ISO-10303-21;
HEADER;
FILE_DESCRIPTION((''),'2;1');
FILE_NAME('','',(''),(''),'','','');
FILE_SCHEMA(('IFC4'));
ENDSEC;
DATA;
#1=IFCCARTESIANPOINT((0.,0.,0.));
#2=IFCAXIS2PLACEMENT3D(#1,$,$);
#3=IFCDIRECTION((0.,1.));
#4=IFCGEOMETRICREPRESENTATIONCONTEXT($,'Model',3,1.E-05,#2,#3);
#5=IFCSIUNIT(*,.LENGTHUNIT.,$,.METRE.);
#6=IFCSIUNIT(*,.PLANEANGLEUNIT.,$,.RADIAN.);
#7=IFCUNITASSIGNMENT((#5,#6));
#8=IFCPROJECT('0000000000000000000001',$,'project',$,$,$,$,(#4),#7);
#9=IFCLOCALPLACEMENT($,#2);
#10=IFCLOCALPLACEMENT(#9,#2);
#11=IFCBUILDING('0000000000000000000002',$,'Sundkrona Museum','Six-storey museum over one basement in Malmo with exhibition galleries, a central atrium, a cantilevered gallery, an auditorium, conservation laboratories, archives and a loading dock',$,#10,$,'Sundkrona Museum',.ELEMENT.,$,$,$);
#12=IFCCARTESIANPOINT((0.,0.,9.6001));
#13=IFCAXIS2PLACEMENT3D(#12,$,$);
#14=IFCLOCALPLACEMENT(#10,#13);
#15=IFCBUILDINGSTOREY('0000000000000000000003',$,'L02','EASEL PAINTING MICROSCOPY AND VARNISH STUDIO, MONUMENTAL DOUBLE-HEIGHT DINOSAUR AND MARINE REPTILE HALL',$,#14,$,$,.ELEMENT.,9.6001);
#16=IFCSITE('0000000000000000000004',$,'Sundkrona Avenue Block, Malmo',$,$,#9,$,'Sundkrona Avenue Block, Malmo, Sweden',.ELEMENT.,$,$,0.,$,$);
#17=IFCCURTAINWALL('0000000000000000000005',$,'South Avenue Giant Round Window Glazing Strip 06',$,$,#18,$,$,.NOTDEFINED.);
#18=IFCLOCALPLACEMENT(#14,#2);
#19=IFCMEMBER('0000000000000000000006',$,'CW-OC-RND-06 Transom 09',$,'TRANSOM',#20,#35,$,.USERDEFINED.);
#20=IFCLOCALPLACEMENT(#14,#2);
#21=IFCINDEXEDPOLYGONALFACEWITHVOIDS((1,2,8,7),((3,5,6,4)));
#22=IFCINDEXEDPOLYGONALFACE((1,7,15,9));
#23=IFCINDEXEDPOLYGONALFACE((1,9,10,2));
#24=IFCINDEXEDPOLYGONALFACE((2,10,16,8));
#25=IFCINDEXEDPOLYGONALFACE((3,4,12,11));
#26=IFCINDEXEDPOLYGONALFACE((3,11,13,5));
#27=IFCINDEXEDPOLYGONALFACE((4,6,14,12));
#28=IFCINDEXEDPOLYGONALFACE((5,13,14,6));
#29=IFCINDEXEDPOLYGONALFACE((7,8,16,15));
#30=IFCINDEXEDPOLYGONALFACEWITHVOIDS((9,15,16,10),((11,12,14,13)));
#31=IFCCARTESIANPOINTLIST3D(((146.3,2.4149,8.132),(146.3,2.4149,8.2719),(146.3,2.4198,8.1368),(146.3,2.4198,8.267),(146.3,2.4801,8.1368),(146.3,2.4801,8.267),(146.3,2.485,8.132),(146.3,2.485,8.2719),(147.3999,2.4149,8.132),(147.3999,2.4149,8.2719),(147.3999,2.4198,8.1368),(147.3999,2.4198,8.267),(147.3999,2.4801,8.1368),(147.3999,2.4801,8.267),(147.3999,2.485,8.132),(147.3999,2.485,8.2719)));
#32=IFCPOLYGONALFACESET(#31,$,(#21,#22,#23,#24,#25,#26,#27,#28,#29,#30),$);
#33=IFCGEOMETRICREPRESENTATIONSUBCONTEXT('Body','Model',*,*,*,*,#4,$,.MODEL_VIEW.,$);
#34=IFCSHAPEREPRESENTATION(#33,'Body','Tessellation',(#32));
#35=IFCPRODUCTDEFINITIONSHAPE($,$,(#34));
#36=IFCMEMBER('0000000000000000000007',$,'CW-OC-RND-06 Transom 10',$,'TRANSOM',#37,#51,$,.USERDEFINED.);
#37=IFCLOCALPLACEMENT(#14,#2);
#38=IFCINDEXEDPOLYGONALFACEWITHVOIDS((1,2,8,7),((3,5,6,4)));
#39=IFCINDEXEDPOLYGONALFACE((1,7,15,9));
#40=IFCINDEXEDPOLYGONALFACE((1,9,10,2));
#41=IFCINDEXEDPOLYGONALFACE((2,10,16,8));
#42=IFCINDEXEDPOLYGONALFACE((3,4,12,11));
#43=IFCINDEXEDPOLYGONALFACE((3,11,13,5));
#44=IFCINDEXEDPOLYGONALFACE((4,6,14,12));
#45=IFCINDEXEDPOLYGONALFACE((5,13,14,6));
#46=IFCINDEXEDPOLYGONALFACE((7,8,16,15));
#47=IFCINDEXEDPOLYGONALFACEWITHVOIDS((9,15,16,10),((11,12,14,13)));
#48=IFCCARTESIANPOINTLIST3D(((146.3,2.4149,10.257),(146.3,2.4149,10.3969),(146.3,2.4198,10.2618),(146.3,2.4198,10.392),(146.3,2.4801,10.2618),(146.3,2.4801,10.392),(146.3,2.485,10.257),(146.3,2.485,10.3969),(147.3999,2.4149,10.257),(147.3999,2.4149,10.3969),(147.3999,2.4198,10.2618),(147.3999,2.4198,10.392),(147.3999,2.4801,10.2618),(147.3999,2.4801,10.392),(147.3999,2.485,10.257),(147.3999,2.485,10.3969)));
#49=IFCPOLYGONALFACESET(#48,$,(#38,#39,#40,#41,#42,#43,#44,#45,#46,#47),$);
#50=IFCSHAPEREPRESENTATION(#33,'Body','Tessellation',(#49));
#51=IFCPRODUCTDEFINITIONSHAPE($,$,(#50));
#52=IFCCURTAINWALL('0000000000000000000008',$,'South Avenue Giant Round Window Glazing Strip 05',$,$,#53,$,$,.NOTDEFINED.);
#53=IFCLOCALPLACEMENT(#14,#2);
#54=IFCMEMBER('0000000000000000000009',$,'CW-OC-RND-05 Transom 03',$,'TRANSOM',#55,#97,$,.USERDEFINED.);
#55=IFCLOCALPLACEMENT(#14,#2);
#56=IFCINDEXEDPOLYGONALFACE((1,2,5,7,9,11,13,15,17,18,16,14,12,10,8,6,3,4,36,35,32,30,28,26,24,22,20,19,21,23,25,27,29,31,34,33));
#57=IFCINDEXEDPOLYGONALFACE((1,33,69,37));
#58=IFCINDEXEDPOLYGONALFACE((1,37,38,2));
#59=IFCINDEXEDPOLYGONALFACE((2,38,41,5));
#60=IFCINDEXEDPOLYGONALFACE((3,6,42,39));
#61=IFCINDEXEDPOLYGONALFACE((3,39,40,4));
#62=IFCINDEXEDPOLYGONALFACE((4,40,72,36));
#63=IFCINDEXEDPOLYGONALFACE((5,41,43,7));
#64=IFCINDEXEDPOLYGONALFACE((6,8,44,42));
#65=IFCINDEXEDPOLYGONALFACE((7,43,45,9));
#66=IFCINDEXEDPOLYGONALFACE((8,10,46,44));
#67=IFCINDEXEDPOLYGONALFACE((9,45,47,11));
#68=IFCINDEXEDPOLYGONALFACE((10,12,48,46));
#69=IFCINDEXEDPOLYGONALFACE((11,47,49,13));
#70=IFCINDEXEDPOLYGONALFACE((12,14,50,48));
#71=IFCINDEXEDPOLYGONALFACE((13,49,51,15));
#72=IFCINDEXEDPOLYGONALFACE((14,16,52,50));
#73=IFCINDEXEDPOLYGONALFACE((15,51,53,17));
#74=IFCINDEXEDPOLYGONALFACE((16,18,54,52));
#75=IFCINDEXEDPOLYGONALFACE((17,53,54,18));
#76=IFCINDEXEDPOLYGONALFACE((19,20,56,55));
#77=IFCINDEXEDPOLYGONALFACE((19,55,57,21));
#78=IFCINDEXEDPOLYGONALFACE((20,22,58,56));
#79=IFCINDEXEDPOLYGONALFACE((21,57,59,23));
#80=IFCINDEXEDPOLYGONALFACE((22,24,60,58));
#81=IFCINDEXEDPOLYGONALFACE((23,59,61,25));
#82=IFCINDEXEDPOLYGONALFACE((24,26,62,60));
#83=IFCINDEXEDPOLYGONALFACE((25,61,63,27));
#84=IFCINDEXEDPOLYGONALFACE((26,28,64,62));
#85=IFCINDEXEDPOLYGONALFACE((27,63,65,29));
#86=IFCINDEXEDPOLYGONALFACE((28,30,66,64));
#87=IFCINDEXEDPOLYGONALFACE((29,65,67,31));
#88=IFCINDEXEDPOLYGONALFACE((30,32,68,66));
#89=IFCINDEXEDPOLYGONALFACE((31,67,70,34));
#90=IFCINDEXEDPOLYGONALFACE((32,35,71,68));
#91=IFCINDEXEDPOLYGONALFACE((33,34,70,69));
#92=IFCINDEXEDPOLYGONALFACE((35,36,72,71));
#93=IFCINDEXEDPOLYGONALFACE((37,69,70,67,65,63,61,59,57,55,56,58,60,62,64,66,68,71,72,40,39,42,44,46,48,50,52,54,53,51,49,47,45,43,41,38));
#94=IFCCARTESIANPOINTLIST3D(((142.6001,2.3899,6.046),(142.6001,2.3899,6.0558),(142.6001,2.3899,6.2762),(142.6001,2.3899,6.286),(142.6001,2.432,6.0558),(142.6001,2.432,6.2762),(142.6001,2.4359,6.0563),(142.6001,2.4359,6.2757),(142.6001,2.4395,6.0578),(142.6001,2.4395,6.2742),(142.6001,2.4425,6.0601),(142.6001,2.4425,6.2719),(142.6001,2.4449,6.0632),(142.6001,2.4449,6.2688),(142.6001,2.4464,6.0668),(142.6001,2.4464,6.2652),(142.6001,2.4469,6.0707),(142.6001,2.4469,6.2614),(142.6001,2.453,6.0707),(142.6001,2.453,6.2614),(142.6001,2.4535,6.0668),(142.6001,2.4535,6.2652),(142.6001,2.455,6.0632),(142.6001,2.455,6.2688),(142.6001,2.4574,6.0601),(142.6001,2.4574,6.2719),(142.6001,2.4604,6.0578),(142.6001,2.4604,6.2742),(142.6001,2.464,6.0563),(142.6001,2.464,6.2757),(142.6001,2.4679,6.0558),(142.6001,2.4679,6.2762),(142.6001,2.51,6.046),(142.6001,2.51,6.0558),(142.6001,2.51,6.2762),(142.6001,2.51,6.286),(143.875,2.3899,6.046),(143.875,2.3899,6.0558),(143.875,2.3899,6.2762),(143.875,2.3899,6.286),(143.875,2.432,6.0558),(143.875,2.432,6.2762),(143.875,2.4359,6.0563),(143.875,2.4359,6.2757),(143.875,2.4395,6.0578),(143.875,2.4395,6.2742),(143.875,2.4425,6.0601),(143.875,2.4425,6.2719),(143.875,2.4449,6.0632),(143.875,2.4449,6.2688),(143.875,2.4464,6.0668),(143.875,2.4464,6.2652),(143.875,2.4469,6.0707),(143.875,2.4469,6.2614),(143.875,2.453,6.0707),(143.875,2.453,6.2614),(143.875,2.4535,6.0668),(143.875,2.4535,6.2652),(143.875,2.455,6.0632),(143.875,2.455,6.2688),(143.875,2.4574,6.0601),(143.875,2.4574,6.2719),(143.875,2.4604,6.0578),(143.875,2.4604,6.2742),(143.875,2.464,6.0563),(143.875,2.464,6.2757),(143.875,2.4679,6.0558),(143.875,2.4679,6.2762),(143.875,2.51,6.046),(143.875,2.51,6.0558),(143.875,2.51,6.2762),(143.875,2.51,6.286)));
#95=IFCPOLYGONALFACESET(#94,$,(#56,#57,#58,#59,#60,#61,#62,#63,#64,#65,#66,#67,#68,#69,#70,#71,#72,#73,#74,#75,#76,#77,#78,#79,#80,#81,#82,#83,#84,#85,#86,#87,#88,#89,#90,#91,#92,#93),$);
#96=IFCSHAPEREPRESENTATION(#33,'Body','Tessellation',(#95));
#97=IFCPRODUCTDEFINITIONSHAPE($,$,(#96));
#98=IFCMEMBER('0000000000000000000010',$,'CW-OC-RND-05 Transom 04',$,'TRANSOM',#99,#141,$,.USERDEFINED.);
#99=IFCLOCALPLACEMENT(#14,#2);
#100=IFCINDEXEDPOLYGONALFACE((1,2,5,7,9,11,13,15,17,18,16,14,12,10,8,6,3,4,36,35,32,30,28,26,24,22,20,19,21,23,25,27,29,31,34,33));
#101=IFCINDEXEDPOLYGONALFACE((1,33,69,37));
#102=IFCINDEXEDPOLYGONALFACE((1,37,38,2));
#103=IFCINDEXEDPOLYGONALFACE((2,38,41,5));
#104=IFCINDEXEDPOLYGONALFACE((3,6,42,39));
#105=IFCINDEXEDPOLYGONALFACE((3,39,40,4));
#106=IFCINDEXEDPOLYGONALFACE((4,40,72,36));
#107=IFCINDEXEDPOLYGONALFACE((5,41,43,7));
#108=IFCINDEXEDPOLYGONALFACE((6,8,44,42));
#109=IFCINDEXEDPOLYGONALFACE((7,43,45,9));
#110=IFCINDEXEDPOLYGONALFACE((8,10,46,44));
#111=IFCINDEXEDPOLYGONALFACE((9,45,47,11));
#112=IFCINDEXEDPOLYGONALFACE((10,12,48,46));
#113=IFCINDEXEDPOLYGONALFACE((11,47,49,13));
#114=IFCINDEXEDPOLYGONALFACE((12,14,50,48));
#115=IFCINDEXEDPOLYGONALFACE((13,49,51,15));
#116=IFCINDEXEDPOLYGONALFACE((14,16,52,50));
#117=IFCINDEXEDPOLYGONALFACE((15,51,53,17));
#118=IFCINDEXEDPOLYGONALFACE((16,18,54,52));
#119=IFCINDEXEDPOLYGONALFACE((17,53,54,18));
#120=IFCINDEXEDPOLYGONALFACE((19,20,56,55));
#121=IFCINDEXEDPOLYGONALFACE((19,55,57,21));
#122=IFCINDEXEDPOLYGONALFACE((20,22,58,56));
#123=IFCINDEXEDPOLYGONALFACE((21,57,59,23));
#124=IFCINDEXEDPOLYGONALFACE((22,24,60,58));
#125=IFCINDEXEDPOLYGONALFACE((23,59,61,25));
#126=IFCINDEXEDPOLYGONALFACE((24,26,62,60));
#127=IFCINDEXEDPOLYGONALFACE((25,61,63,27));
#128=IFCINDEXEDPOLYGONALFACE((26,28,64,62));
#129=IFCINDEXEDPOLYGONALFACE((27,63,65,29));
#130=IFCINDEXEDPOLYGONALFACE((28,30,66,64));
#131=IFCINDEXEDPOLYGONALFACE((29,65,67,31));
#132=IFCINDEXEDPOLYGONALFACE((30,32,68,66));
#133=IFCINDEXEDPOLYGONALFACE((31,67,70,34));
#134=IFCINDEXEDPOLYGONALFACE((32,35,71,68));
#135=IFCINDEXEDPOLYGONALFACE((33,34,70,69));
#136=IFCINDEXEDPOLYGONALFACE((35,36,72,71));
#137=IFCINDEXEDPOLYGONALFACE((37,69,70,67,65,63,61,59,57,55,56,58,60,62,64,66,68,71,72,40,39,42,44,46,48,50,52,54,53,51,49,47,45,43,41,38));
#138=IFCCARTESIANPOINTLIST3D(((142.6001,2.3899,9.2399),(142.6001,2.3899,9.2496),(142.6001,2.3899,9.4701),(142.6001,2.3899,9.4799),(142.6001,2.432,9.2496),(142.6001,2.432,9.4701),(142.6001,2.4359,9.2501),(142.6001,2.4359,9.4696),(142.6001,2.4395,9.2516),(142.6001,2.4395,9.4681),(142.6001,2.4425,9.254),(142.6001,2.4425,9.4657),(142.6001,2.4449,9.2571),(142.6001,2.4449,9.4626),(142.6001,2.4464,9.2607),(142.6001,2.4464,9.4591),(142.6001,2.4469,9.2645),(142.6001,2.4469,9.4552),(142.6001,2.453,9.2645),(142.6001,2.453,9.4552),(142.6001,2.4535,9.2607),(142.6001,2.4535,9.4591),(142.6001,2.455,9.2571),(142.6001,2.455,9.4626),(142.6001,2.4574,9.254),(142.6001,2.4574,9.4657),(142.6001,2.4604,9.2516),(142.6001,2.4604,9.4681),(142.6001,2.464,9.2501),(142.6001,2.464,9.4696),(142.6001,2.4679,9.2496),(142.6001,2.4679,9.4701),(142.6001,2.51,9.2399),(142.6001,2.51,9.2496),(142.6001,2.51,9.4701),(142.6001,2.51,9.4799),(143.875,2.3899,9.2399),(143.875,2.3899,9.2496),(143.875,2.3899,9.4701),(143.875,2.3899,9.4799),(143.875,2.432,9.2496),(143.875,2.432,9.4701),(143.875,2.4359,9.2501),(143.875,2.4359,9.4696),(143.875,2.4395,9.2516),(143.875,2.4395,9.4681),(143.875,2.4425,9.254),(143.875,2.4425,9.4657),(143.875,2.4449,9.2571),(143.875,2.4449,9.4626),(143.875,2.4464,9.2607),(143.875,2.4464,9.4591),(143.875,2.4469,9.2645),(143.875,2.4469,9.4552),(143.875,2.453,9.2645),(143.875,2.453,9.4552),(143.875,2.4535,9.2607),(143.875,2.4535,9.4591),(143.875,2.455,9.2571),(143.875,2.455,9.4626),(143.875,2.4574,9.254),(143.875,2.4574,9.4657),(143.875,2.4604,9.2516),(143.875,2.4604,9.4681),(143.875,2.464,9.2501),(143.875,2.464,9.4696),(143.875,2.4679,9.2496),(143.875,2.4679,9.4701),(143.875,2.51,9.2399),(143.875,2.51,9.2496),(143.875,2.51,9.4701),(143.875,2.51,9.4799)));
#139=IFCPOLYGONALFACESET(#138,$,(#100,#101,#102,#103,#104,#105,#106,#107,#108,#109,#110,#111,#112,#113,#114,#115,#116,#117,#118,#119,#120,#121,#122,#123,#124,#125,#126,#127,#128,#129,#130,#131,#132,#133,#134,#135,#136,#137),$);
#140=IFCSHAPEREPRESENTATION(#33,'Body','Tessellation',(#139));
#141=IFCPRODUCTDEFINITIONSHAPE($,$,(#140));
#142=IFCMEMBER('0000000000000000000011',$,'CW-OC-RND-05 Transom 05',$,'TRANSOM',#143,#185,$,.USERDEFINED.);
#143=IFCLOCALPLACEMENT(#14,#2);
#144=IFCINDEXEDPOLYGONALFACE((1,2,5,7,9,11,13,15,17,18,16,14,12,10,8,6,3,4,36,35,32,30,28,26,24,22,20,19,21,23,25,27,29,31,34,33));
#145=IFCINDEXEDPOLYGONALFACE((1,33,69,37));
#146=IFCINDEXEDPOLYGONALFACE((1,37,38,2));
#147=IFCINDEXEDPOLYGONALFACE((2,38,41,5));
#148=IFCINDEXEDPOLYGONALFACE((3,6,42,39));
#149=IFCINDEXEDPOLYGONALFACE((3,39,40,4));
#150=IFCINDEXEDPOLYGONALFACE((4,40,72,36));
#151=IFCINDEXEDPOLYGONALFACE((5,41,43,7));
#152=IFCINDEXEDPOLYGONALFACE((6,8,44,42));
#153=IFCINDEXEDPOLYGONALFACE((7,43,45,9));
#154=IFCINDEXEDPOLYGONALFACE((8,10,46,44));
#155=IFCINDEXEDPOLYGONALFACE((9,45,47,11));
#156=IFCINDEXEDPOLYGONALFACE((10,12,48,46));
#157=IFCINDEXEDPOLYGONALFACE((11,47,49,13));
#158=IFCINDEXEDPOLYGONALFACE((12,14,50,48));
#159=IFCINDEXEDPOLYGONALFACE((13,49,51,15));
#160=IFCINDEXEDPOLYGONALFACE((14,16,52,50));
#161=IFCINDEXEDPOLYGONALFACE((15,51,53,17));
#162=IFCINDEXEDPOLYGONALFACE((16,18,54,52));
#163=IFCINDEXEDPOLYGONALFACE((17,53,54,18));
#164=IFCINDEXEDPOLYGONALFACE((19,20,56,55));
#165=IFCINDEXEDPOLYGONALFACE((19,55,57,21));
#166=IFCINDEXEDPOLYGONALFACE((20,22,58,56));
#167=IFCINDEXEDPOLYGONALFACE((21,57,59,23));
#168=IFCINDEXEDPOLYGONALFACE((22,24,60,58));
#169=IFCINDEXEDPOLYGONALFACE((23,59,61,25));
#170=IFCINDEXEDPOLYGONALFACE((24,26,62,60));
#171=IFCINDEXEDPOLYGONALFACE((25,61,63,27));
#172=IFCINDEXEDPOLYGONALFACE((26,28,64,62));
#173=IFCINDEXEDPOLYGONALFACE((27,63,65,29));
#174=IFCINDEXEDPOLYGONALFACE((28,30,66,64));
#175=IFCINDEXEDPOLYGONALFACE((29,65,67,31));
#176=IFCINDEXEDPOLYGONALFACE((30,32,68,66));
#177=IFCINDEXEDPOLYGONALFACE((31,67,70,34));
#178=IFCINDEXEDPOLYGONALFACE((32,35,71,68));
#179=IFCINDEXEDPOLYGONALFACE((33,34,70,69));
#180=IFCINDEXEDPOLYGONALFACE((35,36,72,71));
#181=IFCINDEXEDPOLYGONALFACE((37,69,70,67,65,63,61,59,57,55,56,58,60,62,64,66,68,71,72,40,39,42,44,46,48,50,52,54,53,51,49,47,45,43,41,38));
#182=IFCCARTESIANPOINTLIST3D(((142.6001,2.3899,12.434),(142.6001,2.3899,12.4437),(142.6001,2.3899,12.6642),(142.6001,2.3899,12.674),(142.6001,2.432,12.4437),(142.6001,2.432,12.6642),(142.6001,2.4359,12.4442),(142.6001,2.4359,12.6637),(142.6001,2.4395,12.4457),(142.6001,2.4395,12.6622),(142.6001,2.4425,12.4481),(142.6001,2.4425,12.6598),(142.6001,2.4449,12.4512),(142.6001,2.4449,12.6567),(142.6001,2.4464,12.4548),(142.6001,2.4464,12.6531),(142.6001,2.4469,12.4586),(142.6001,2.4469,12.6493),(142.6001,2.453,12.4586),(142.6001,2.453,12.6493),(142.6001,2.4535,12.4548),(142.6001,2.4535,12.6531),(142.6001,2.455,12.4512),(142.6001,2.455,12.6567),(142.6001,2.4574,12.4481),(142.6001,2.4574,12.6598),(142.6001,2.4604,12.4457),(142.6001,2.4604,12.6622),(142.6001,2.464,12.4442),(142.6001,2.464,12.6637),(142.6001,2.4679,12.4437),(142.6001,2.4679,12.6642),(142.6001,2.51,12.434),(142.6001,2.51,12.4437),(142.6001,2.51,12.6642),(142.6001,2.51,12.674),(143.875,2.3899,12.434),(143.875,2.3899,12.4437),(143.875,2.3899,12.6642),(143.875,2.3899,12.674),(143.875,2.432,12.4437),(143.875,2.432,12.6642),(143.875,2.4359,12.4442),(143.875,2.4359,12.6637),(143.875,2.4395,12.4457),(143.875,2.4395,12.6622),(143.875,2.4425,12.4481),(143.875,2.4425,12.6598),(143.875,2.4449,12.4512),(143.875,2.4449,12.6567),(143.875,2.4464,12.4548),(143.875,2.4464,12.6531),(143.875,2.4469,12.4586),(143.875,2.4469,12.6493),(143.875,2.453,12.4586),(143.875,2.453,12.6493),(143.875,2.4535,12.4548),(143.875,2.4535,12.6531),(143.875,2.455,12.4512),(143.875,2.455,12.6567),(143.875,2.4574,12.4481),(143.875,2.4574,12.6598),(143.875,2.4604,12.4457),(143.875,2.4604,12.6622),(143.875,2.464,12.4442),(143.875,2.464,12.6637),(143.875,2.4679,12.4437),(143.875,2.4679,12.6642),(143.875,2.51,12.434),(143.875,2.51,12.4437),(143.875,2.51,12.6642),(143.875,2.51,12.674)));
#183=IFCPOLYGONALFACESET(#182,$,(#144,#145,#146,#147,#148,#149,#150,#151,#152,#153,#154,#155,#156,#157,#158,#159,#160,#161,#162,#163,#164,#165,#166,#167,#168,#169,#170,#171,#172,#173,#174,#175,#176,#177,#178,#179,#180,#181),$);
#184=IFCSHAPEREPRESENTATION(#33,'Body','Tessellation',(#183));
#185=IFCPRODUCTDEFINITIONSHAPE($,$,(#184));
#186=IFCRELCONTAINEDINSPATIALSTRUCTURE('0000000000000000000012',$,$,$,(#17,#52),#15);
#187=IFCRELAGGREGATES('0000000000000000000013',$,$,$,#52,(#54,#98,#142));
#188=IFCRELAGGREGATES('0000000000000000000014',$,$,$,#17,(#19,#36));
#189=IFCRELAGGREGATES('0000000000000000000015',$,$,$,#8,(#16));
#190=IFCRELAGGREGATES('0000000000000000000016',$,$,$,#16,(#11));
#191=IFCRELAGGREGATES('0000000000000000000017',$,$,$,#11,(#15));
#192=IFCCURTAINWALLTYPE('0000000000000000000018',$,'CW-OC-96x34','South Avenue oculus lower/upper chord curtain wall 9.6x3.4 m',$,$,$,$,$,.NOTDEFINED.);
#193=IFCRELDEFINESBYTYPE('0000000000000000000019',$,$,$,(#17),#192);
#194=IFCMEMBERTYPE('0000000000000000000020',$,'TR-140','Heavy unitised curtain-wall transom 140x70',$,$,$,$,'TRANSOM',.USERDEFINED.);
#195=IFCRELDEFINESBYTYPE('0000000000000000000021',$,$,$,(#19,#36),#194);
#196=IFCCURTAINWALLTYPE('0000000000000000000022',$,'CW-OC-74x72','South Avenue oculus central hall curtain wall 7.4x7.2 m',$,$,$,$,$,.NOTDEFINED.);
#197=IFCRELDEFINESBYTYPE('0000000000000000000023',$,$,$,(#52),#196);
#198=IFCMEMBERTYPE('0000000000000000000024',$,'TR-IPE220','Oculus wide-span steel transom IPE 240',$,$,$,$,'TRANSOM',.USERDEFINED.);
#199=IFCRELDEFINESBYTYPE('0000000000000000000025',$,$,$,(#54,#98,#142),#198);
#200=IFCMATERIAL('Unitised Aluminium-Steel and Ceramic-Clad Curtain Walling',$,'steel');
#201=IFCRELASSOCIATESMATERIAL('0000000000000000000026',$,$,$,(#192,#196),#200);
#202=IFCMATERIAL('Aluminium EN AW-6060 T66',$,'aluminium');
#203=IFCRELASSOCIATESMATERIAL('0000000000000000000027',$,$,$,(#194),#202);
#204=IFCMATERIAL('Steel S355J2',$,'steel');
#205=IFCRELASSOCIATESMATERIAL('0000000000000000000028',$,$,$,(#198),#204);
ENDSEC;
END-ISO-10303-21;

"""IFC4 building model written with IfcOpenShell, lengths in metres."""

from ifc_helpers import new_model, si_unit, direction, frame, origin, origin_2d, place, context, subcontext, project, spatial, hollow_rectangle, i_section, extrude, material, material_profile, profile_set, type_object, element, aggregate, save


model = new_model("IFC4")

# Units and contexts
model_context = context("Model", 3, precision=1e-05, world=origin(), true_north=direction((0.0, 1.0)))
body_context = subcontext(model_context, "Body", "Model", "MODEL_VIEW")
ifc_project = project(units=[si_unit("LENGTHUNIT", "METRE"), si_unit("PLANEANGLEUNIT", "RADIAN")], contexts=[model_context])

# Site, building, storey
site_placement = place(None, origin())
site = spatial("IfcSite", under=ifc_project, at=site_placement, Name="Sundkrona Avenue Block, Malmo", LongName="Sundkrona Avenue Block, Malmo, Sweden", CompositionType="ELEMENT", RefElevation=0.0)
building_placement = place(site_placement, origin())
building = spatial("IfcBuilding", under=site, at=building_placement, Name="Sundkrona Museum", Description="Six-storey museum over one basement in Malmo with exhibition galleries, a central atrium, a cantilevered gallery, an auditorium, conservation laboratories, archives and a loading dock", LongName="Sundkrona Museum", CompositionType="ELEMENT")
storey_placement = place(building_placement, frame((0.0, 0.0, 9.6001)))
storey = spatial("IfcBuildingStorey", under=building, at=storey_placement, Name="L02", Description="EASEL PAINTING MICROSCOPY AND VARNISH STUDIO, MONUMENTAL DOUBLE-HEIGHT DINOSAUR AND MARINE REPTILE HALL", CompositionType="ELEMENT", Elevation=9.6001)

# Shared definitions
ifc_material_1 = material(Name="Steel S355J2", Category="steel")

# Curtain walls, members
ifc_material_2 = material(Name="Unitised Aluminium-Steel and Ceramic-Clad Curtain Walling", Category="steel")
curtain_wall_type_1 = type_object("IfcCurtainWallType", Name="CW-OC-96x34", Description="South Avenue oculus lower/upper chord curtain wall 9.6x3.4 m", PredefinedType="NOTDEFINED", material=ifc_material_2)
curtain_wall_1_placement = place(storey_placement, origin())
curtain_wall_1 = element("IfcCurtainWall", 1, at=curtain_wall_1_placement, inside=storey, type_object=curtain_wall_type_1, Name="South Avenue Giant Round Window Glazing Strip 06", PredefinedType="NOTDEFINED")
ifc_material_3 = material(Name="Aluminium EN AW-6060 T66", Category="aluminium")
ifc_material_profile_1 = material_profile(ifc_material_3, hollow_rectangle(XDim=0.0701, YDim=0.1399, WallThickness=0.0049, at=origin_2d()), Name="RHS 140x70x5.0")
ifc_profile_set_1 = profile_set([ifc_material_profile_1], Name="Aluminium EN AW-6060 T66")
member_type_1 = type_object("IfcMemberType", Name="TR-140", Description="Heavy unitised curtain-wall transom 140x70", ElementType="TRANSOM", PredefinedType="USERDEFINED", material=ifc_profile_set_1)
member_1_placement = place(storey_placement, frame((146.3, 2.45, 8.2019), z_axis=(1.0, 0.0, 0.0), x_axis=(0.0, 1.0, 0.0)))
member_1 = element("IfcMember", 2, at=member_1_placement, type_object=member_type_1, Name="CW-OC-RND-06 Transom 09", ObjectType="TRANSOM", PredefinedType="USERDEFINED", context=body_context, shape_type="SweptSolid", body=[
    extrude(hollow_rectangle(XDim=0.0701, YDim=0.1399, WallThickness=0.0049, at=origin_2d()), origin(), (0.0, 0.0, 1.0), 1.0999),
])
member_2_placement = place(storey_placement, frame((146.3, 2.45, 10.3269), z_axis=(1.0, 0.0, 0.0), x_axis=(0.0, 1.0, 0.0)))
member_2 = element("IfcMember", 3, at=member_2_placement, type_object=member_type_1, Name="CW-OC-RND-06 Transom 10", ObjectType="TRANSOM", PredefinedType="USERDEFINED", context=body_context, shape_type="SweptSolid", body=[
    extrude(hollow_rectangle(XDim=0.0701, YDim=0.1399, WallThickness=0.0049, at=origin_2d()), origin(), (0.0, 0.0, 1.0), 1.0999),
])
curtain_wall_type_2 = type_object("IfcCurtainWallType", Name="CW-OC-74x72", Description="South Avenue oculus central hall curtain wall 7.4x7.2 m", PredefinedType="NOTDEFINED", material=ifc_material_2)
curtain_wall_2_placement = place(storey_placement, origin())
curtain_wall_2 = element("IfcCurtainWall", 4, at=curtain_wall_2_placement, inside=storey, type_object=curtain_wall_type_2, Name="South Avenue Giant Round Window Glazing Strip 05", PredefinedType="NOTDEFINED")
ifc_material_profile_2 = material_profile(ifc_material_1, i_section(OverallWidth=0.1201, OverallDepth=0.24, WebThickness=0.0061, FlangeThickness=0.0098, FilletRadius=0.0149, at=origin_2d()), Name="IPE 240")
ifc_profile_set_2 = profile_set([ifc_material_profile_2], Name="Steel S355J2")
member_type_2 = type_object("IfcMemberType", Name="TR-IPE220", Description="Oculus wide-span steel transom IPE 240", ElementType="TRANSOM", PredefinedType="USERDEFINED", material=ifc_profile_set_2)
member_3_placement = place(storey_placement, frame((142.6001, 2.45, 6.166), z_axis=(1.0, 0.0, 0.0), x_axis=(0.0, 1.0, 0.0)))
member_3 = element("IfcMember", 5, at=member_3_placement, type_object=member_type_2, Name="CW-OC-RND-05 Transom 03", ObjectType="TRANSOM", PredefinedType="USERDEFINED", context=body_context, shape_type="SweptSolid", body=[
    extrude(i_section(OverallWidth=0.1201, OverallDepth=0.24, WebThickness=0.0061, FlangeThickness=0.0098, FilletRadius=0.0149, at=origin_2d()), origin(), (0.0, 0.0, 1.0), 1.2749),
])
member_4_placement = place(storey_placement, frame((142.6001, 2.45, 9.3599), z_axis=(1.0, 0.0, 0.0), x_axis=(0.0, 1.0, 0.0)))
member_4 = element("IfcMember", 6, at=member_4_placement, type_object=member_type_2, Name="CW-OC-RND-05 Transom 04", ObjectType="TRANSOM", PredefinedType="USERDEFINED", context=body_context, shape_type="SweptSolid", body=[
    extrude(i_section(OverallWidth=0.1201, OverallDepth=0.24, WebThickness=0.0061, FlangeThickness=0.0098, FilletRadius=0.0149, at=origin_2d()), origin(), (0.0, 0.0, 1.0), 1.2749),
])
member_5_placement = place(storey_placement, frame((142.6001, 2.45, 12.554), z_axis=(1.0, 0.0, 0.0), x_axis=(0.0, 1.0, 0.0)))
member_5 = element("IfcMember", 7, at=member_5_placement, type_object=member_type_2, Name="CW-OC-RND-05 Transom 05", ObjectType="TRANSOM", PredefinedType="USERDEFINED", context=body_context, shape_type="SweptSolid", body=[
    extrude(i_section(OverallWidth=0.1201, OverallDepth=0.24, WebThickness=0.0061, FlangeThickness=0.0098, FilletRadius=0.0149, at=origin_2d()), origin(), (0.0, 0.0, 1.0), 1.2749),
])

aggregate(curtain_wall_2, [member_3, member_4, member_5])
aggregate(curtain_wall_1, [member_1, member_2])

save(model, "model.ifc")
